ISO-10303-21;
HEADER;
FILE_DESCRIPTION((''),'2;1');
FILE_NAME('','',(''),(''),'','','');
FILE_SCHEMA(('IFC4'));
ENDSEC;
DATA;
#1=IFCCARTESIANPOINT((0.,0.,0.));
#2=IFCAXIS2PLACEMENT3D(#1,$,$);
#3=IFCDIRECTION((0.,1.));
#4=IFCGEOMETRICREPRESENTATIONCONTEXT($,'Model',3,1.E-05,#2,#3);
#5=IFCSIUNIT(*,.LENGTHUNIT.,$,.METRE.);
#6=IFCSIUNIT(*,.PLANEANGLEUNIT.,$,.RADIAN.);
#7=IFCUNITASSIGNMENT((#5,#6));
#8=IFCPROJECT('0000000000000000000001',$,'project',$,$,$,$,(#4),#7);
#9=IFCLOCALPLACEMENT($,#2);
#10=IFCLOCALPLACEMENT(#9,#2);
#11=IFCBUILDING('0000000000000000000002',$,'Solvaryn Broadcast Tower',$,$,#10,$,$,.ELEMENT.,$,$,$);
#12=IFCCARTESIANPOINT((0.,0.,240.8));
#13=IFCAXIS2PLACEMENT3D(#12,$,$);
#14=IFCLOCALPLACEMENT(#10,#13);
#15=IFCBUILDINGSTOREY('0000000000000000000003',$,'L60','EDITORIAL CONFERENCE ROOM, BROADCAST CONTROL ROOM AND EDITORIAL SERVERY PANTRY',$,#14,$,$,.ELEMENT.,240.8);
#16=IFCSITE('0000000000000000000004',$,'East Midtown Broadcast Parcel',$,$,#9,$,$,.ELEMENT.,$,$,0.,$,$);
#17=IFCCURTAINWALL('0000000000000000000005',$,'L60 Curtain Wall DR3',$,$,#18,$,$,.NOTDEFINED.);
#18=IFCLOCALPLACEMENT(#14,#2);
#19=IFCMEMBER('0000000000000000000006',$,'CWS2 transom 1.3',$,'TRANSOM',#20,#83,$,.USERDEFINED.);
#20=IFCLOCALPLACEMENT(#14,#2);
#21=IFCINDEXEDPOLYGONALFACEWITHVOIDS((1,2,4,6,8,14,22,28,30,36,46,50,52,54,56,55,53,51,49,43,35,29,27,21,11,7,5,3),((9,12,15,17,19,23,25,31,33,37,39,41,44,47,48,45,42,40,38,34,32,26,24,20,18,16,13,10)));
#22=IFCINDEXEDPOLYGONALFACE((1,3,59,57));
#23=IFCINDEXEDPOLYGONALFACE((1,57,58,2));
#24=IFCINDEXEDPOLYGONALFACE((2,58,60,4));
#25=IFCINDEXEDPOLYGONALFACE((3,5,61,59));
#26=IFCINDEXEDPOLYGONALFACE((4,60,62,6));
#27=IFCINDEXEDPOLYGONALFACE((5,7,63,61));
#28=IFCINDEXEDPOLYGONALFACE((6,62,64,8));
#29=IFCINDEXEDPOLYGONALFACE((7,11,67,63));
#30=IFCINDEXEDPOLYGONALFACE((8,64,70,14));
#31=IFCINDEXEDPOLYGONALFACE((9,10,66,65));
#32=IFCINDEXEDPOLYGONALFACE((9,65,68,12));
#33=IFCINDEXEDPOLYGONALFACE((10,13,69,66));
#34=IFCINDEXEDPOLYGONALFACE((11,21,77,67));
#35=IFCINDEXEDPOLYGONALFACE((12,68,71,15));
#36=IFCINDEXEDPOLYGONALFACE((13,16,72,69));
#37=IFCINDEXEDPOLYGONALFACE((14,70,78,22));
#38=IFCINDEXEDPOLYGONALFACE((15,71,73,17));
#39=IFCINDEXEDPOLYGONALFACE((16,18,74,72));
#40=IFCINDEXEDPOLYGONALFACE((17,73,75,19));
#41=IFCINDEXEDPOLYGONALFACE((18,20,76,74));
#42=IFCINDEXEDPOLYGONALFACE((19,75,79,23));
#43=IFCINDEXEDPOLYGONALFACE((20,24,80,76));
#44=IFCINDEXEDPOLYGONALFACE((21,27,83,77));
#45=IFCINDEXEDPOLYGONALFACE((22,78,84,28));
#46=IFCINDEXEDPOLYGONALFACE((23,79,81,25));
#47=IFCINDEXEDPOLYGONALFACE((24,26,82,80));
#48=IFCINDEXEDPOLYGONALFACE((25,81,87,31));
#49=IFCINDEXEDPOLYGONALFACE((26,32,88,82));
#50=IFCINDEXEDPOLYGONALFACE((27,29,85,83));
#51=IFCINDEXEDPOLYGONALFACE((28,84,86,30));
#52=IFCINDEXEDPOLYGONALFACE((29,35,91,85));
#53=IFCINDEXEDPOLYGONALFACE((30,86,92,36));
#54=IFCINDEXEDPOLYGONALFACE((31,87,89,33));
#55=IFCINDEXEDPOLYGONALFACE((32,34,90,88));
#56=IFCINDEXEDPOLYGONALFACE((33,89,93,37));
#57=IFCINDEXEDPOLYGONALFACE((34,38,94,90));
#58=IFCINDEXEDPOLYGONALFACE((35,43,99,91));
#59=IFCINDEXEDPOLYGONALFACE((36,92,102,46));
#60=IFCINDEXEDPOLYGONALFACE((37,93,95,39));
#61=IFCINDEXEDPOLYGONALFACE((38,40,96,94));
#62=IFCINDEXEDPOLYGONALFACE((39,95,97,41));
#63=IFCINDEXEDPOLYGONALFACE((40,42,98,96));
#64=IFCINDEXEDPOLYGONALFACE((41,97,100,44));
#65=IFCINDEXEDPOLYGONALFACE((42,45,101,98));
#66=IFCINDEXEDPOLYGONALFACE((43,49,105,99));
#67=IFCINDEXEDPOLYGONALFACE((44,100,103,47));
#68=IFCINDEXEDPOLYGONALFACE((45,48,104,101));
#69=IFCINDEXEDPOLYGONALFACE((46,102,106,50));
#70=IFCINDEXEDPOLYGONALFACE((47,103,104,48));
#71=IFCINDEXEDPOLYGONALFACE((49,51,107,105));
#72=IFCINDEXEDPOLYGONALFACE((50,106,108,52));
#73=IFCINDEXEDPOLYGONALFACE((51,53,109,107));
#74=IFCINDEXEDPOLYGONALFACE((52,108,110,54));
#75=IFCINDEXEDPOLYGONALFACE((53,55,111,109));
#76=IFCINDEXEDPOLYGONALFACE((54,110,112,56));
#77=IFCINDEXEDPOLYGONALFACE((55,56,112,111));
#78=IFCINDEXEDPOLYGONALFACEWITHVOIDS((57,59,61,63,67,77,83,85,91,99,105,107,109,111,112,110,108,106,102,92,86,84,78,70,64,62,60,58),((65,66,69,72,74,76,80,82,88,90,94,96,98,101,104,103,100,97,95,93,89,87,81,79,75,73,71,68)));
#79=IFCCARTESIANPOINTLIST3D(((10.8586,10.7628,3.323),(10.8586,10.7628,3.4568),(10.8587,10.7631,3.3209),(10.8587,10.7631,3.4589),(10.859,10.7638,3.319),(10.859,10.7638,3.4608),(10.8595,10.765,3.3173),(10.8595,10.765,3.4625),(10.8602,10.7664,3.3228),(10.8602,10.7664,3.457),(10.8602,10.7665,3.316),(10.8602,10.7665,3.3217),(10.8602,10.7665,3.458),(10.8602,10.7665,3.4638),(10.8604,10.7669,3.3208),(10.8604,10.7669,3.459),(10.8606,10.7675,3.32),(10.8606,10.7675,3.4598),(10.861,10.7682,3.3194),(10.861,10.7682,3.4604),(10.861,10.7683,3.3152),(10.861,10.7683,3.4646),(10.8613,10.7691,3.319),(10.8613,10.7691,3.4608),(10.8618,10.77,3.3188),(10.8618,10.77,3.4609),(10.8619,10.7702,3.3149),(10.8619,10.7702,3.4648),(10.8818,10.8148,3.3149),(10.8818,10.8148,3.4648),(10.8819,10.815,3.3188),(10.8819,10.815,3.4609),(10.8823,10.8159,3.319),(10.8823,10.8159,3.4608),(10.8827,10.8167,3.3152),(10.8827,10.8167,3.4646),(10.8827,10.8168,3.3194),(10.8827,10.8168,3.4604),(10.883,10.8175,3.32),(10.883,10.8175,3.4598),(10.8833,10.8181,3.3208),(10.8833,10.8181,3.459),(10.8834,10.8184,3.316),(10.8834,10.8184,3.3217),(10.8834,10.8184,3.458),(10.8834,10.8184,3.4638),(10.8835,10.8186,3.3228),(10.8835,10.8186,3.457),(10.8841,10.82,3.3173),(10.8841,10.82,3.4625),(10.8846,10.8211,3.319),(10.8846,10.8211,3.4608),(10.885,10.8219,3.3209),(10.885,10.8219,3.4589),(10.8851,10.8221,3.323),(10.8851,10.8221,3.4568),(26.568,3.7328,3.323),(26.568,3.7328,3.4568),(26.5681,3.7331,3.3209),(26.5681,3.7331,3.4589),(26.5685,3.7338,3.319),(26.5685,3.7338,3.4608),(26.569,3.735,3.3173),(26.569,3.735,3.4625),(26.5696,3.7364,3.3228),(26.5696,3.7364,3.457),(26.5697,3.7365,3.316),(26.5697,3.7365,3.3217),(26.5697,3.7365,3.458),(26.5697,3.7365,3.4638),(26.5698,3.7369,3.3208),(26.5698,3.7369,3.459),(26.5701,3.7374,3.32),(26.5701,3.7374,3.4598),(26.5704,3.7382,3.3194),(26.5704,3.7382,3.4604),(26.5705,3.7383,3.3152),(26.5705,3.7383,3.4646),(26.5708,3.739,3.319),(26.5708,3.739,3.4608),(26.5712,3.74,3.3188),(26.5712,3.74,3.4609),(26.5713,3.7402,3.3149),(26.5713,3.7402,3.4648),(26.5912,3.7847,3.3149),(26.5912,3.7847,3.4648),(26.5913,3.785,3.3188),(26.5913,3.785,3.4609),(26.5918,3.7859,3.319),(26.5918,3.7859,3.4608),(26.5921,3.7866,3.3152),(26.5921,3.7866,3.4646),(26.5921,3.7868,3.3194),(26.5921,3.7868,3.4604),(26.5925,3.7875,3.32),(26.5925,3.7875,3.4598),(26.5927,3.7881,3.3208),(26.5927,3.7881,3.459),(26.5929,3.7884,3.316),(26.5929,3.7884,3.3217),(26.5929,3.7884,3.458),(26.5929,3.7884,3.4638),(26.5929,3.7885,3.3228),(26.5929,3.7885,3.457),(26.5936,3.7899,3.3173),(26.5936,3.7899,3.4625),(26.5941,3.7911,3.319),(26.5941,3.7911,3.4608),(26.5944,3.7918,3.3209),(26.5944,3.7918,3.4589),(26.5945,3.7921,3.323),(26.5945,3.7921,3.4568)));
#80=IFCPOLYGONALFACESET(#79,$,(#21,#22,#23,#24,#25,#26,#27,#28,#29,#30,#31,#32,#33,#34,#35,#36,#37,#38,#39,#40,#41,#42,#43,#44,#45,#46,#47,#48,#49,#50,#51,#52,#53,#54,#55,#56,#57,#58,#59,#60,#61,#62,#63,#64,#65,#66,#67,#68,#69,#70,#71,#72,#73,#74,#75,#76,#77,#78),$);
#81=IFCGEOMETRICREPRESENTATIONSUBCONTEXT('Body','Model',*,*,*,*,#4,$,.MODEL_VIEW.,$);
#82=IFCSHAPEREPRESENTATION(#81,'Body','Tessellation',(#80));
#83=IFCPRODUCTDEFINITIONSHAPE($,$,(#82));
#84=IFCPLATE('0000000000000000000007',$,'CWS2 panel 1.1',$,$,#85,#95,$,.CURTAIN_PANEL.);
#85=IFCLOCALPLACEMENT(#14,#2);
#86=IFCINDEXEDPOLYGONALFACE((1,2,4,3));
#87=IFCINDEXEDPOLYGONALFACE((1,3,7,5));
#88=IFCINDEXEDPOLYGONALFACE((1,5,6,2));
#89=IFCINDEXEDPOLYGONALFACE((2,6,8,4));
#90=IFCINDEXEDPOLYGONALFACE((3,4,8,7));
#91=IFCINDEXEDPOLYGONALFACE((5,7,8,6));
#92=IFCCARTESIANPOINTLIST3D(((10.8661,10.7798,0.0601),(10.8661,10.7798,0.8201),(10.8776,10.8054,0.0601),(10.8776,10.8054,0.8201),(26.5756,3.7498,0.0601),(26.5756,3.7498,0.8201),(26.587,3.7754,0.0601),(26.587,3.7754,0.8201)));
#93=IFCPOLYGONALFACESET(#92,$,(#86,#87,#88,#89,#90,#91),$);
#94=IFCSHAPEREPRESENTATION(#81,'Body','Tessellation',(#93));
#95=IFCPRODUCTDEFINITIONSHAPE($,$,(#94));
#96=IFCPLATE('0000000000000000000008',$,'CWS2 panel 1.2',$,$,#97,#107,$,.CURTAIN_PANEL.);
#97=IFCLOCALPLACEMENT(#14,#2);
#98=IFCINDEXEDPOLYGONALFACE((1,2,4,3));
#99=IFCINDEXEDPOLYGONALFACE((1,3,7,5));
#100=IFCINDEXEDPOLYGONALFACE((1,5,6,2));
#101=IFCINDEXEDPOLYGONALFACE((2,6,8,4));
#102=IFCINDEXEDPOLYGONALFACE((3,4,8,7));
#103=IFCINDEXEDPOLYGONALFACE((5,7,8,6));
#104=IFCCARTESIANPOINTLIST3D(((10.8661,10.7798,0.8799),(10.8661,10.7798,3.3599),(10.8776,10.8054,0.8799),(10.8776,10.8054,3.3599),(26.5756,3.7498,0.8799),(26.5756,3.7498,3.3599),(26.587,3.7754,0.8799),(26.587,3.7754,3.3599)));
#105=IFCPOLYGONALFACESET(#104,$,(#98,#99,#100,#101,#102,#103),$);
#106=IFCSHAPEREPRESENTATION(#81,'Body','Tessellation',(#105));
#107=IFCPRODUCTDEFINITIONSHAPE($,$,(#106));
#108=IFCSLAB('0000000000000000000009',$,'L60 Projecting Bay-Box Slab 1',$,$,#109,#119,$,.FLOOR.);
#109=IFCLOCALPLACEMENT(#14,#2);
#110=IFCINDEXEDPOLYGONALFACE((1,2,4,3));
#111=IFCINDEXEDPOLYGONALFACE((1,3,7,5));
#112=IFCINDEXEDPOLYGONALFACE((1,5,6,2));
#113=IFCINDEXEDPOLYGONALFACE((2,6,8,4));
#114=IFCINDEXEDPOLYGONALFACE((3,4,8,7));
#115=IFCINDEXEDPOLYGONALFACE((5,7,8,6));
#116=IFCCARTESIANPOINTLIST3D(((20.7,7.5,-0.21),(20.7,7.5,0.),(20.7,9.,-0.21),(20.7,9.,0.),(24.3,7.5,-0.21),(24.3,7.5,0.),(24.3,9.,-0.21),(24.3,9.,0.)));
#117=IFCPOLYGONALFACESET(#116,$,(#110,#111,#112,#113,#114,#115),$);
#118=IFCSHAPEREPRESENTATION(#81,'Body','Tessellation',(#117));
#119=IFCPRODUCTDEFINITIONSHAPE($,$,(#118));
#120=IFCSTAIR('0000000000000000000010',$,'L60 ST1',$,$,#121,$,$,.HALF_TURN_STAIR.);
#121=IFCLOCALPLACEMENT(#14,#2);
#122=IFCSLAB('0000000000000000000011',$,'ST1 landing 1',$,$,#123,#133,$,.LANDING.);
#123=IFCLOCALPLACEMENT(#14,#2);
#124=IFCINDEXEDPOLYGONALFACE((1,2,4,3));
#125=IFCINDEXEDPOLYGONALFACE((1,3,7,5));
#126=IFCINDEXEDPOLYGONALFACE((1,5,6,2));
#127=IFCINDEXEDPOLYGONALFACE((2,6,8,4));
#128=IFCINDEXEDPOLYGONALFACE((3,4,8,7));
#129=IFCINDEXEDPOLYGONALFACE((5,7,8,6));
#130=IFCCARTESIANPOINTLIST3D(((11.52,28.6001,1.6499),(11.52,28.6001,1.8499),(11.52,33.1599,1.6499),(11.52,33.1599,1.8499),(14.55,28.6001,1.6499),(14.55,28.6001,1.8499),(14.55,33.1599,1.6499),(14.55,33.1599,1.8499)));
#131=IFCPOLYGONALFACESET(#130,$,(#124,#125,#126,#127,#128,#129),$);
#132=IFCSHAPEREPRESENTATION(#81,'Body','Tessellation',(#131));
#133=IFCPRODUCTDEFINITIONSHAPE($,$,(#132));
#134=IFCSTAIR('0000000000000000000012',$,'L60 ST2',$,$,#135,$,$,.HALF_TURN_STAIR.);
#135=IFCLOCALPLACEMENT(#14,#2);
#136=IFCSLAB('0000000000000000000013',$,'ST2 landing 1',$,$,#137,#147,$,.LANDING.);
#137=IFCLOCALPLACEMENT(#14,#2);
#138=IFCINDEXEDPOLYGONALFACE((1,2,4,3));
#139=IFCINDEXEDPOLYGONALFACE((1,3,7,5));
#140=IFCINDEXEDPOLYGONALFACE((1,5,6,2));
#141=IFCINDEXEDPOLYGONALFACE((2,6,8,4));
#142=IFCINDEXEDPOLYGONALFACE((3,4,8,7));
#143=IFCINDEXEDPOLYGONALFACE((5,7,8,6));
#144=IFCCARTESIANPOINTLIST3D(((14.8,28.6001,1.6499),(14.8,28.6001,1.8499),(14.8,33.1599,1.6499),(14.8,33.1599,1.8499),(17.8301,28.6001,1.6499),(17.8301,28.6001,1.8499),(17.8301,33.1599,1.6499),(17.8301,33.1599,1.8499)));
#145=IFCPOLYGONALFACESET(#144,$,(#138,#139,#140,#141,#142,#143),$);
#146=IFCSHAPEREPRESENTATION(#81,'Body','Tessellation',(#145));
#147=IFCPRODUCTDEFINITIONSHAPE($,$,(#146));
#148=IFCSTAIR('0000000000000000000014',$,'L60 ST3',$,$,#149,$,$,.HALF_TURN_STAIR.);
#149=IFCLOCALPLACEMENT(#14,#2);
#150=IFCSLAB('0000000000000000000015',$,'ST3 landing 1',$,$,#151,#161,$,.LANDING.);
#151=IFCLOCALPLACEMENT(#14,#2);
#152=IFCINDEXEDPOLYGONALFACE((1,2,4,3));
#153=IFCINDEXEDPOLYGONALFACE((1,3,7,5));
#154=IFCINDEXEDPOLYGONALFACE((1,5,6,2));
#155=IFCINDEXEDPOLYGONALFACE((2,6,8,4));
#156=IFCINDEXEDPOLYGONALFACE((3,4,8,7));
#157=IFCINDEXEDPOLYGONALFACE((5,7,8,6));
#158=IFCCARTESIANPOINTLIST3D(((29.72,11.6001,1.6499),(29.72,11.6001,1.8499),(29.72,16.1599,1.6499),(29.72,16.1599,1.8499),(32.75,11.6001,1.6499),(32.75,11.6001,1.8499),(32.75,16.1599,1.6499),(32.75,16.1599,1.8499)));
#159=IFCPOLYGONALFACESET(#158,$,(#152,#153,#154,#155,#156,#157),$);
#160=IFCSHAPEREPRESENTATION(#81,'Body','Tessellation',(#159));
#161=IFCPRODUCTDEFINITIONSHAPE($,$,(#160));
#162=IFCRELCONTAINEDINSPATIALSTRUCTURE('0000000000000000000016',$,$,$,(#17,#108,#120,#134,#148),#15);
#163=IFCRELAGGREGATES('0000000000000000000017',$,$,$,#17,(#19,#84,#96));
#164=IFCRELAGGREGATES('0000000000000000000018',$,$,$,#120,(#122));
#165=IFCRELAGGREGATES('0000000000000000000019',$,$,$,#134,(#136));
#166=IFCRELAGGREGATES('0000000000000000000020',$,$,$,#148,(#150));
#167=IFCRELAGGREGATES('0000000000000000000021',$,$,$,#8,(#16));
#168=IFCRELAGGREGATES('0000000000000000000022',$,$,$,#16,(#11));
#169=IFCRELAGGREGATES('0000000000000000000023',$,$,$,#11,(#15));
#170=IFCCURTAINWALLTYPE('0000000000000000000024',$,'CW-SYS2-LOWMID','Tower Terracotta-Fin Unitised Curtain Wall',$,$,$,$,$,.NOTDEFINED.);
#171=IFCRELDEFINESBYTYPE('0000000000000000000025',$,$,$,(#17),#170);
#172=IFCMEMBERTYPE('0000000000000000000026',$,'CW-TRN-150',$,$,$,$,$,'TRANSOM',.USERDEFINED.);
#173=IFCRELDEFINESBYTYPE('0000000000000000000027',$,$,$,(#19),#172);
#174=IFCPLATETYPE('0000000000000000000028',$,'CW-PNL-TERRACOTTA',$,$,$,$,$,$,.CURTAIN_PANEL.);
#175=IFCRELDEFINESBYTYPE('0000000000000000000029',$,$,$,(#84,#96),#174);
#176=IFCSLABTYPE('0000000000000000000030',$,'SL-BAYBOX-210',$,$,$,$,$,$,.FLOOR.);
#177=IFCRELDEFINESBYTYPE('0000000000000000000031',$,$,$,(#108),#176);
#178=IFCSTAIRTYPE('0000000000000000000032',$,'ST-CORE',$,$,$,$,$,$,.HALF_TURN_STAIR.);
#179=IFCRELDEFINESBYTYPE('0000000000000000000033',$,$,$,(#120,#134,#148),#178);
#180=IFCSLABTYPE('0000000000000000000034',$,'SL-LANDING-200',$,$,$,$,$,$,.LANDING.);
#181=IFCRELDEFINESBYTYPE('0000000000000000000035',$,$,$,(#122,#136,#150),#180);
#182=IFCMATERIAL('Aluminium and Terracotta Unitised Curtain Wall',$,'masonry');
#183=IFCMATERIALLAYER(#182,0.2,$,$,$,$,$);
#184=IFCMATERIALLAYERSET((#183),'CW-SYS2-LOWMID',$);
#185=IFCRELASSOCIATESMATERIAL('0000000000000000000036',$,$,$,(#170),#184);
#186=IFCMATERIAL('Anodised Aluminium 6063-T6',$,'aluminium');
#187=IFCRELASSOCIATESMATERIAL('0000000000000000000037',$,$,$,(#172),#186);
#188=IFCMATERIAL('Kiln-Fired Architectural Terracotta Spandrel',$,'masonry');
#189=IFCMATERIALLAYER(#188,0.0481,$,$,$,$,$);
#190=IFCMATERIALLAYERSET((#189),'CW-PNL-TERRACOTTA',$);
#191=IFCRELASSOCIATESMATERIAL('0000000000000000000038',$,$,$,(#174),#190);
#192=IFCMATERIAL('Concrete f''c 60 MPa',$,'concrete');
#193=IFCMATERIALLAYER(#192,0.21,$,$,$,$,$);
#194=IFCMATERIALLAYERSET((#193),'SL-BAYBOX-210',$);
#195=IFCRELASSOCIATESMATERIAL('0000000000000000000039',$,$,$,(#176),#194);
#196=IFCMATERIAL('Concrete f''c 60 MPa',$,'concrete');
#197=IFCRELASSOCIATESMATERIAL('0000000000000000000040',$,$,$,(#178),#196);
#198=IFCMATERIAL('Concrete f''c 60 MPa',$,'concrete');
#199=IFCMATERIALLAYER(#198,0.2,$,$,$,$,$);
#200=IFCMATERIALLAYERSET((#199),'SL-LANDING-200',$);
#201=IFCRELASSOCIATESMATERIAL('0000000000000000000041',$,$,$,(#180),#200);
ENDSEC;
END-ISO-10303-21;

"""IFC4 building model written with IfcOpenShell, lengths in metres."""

from ifc_helpers import new_model, si_unit, direction, frame, origin, origin_2d, place, context, subcontext, project, spatial, polyline, rectangle, hollow_rectangle, outline, extrude, material, layer, layer_set, material_profile, profile_set, type_object, element, aggregate, save


model = new_model("IFC4")

# Units and contexts
model_context = context("Model", 3, precision=1e-05, world=origin(), true_north=direction((0.0, 1.0)))
body_context = subcontext(model_context, "Body", "Model", "MODEL_VIEW")
ifc_project = project(units=[si_unit("LENGTHUNIT", "METRE"), si_unit("PLANEANGLEUNIT", "RADIAN")], contexts=[model_context])

# Site, building, storey
site_placement = place(None, origin())
site = spatial("IfcSite", under=ifc_project, at=site_placement, Name="East Midtown Broadcast Parcel", CompositionType="ELEMENT", RefElevation=0.0)
building_placement = place(site_placement, origin())
building = spatial("IfcBuilding", under=site, at=building_placement, Name="Solvaryn Broadcast Tower", CompositionType="ELEMENT")
storey_placement = place(building_placement, frame((0.0, 0.0, 240.8)))
storey = spatial("IfcBuildingStorey", under=building, at=storey_placement, Name="L60", Description="EDITORIAL CONFERENCE ROOM, BROADCAST CONTROL ROOM AND EDITORIAL SERVERY PANTRY", CompositionType="ELEMENT", Elevation=240.8)

# Shared definitions
ifc_material_1 = material(Name="Aluminium and Terracotta Unitised Curtain Wall", Category="masonry")
ifc_layer_1 = layer(ifc_material_1, 0.2)
ifc_layer_set_1 = layer_set([ifc_layer_1], Name="CW-SYS2-LOWMID")
curtain_wall_type = type_object("IfcCurtainWallType", Name="CW-SYS2-LOWMID", Description="Tower Terracotta-Fin Unitised Curtain Wall", PredefinedType="NOTDEFINED", material=ifc_layer_set_1)

# Curtain wall, member, plates
curtain_wall_1_placement = place(storey_placement, origin())
curtain_wall_1 = element("IfcCurtainWall", 1, at=curtain_wall_1_placement, inside=storey, type_object=curtain_wall_type, Name="L60 Curtain Wall DR3", PredefinedType="NOTDEFINED")
ifc_material_2 = material(Name="Anodised Aluminium 6063-T6", Category="aluminium")
ifc_material_profile_1 = material_profile(ifc_material_2, hollow_rectangle(XDim=0.0649, YDim=0.1499, WallThickness=0.0039, InnerFilletRadius=0.0039, OuterFilletRadius=0.0081, at=origin_2d()))
ifc_profile_set_1 = profile_set([ifc_material_profile_1], Name="Anodised Aluminium 6063-T6")
member_type_1 = type_object("IfcMemberType", Name="CW-TRN-150", ElementType="TRANSOM", PredefinedType="USERDEFINED", material=ifc_profile_set_1)
member_1_placement = place(storey_placement, frame((10.8718, 10.7925, 3.3899), z_axis=(0.912773, -0.408468, 0.0), x_axis=(0.408468, 0.912773, 0.0)))
member_1 = element("IfcMember", 2, at=member_1_placement, type_object=member_type_1, Name="CWS2 transom 1.3", ObjectType="TRANSOM", PredefinedType="USERDEFINED", context=body_context, shape_type="SweptSolid", body=[
    extrude(hollow_rectangle(XDim=0.0649, YDim=0.1499, WallThickness=0.0039, InnerFilletRadius=0.0039, OuterFilletRadius=0.0081, at=origin_2d()), origin(), (0.0, 0.0, 1.0), 17.2107),
])
ifc_material_3 = material(Name="Kiln-Fired Architectural Terracotta Spandrel", Category="masonry")
ifc_layer_2 = layer(ifc_material_3, 0.0481)
ifc_layer_set_2 = layer_set([ifc_layer_2], Name="CW-PNL-TERRACOTTA")
plate_type = type_object("IfcPlateType", Name="CW-PNL-TERRACOTTA", PredefinedType="CURTAIN_PANEL", material=ifc_layer_set_2)
plate_1_placement = place(storey_placement, frame((18.7266, 7.2776, 0.0601), z_axis=(0.0, 0.0, 1.0), x_axis=(0.912774, -0.408466, 0.0)))
plate_1 = element("IfcPlate", 3, at=plate_1_placement, type_object=plate_type, Name="CWS2 panel 1.1", PredefinedType="CURTAIN_PANEL", context=body_context, shape_type="SweptSolid", body=[
    extrude(rectangle(XDim=17.2107, YDim=0.0281, at=origin_2d()), origin(), (0.0, 0.0, 1.0), 0.76),
])
plate_2_placement = place(storey_placement, frame((18.7266, 7.2776, 0.8799), z_axis=(0.0, 0.0, 1.0), x_axis=(0.912774, -0.408466, 0.0)))
plate_2 = element("IfcPlate", 4, at=plate_2_placement, type_object=plate_type, Name="CWS2 panel 1.2", PredefinedType="CURTAIN_PANEL", context=body_context, shape_type="SweptSolid", body=[
    extrude(rectangle(XDim=17.2107, YDim=0.0281, at=origin_2d()), origin(), (0.0, 0.0, 1.0), 2.48),
])
aggregate(curtain_wall_1, [member_1, plate_1, plate_2])

# Slab
ifc_material_4 = material(Name="Concrete f'c 60 MPa", Category="concrete")
ifc_layer_3 = layer(ifc_material_4, 0.21)
ifc_layer_set_3 = layer_set([ifc_layer_3], Name="SL-BAYBOX-210")
slab_type_1 = type_object("IfcSlabType", Name="SL-BAYBOX-210", PredefinedType="FLOOR", material=ifc_layer_set_3)
slab_1_placement = place(storey_placement, frame((0.0, 0.0, -0.21)))
element("IfcSlab", 5, at=slab_1_placement, inside=storey, type_object=slab_type_1, Name="L60 Projecting Bay-Box Slab 1", PredefinedType="FLOOR", context=body_context, shape_type="SweptSolid", body=[
    extrude(outline(polyline([(20.7, 7.5), (24.3, 7.5), (24.3, 9.0), (20.7, 9.0), (20.7, 7.5)])), origin(), (0.0, 0.0, 1.0), 0.21),
])

# Stairs, slabs
ifc_material_5 = material(Name="Concrete f'c 60 MPa", Category="concrete")
stair_type = type_object("IfcStairType", Name="ST-CORE", PredefinedType="HALF_TURN_STAIR", material=ifc_material_5)
stair_1_placement = place(storey_placement, origin())
stair_1 = element("IfcStair", 6, at=stair_1_placement, inside=storey, type_object=stair_type, Name="L60 ST1", PredefinedType="HALF_TURN_STAIR")
ifc_material_6 = material(Name="Concrete f'c 60 MPa", Category="concrete")
ifc_layer_4 = layer(ifc_material_6, 0.2)
ifc_layer_set_4 = layer_set([ifc_layer_4], Name="SL-LANDING-200")
slab_type_2 = type_object("IfcSlabType", Name="SL-LANDING-200", PredefinedType="LANDING", material=ifc_layer_set_4)
slab_2_placement = place(storey_placement, frame((0.0, 0.0, 1.6499)))
slab_2 = element("IfcSlab", 7, at=slab_2_placement, type_object=slab_type_2, Name="ST1 landing 1", PredefinedType="LANDING", context=body_context, shape_type="SweptSolid", body=[
    extrude(outline(polyline([(11.52, 33.1599), (11.52, 28.6001), (14.55, 28.6001), (14.55, 33.1599), (11.52, 33.1599)])), origin(), (0.0, 0.0, 1.0), 0.2),
])
aggregate(stair_1, [slab_2])
stair_2_placement = place(storey_placement, origin())
stair_2 = element("IfcStair", 8, at=stair_2_placement, inside=storey, type_object=stair_type, Name="L60 ST2", PredefinedType="HALF_TURN_STAIR")
slab_3_placement = place(storey_placement, frame((0.0, 0.0, 1.6499)))
slab_3 = element("IfcSlab", 9, at=slab_3_placement, type_object=slab_type_2, Name="ST2 landing 1", PredefinedType="LANDING", context=body_context, shape_type="SweptSolid", body=[
    extrude(outline(polyline([(14.8, 33.1599), (14.8, 28.6001), (17.8301, 28.6001), (17.8301, 33.1599), (14.8, 33.1599)])), origin(), (0.0, 0.0, 1.0), 0.2),
])
aggregate(stair_2, [slab_3])
stair_3_placement = place(storey_placement, origin())
stair_3 = element("IfcStair", 10, at=stair_3_placement, inside=storey, type_object=stair_type, Name="L60 ST3", PredefinedType="HALF_TURN_STAIR")
slab_4_placement = place(storey_placement, frame((0.0, 0.0, 1.6499)))
slab_4 = element("IfcSlab", 11, at=slab_4_placement, type_object=slab_type_2, Name="ST3 landing 1", PredefinedType="LANDING", context=body_context, shape_type="SweptSolid", body=[
    extrude(outline(polyline([(29.72, 16.1599), (29.72, 11.6001), (32.75, 11.6001), (32.75, 16.1599), (29.72, 16.1599)])), origin(), (0.0, 0.0, 1.0), 0.2),
])
aggregate(stair_3, [slab_4])

save(model, "model.ifc")
